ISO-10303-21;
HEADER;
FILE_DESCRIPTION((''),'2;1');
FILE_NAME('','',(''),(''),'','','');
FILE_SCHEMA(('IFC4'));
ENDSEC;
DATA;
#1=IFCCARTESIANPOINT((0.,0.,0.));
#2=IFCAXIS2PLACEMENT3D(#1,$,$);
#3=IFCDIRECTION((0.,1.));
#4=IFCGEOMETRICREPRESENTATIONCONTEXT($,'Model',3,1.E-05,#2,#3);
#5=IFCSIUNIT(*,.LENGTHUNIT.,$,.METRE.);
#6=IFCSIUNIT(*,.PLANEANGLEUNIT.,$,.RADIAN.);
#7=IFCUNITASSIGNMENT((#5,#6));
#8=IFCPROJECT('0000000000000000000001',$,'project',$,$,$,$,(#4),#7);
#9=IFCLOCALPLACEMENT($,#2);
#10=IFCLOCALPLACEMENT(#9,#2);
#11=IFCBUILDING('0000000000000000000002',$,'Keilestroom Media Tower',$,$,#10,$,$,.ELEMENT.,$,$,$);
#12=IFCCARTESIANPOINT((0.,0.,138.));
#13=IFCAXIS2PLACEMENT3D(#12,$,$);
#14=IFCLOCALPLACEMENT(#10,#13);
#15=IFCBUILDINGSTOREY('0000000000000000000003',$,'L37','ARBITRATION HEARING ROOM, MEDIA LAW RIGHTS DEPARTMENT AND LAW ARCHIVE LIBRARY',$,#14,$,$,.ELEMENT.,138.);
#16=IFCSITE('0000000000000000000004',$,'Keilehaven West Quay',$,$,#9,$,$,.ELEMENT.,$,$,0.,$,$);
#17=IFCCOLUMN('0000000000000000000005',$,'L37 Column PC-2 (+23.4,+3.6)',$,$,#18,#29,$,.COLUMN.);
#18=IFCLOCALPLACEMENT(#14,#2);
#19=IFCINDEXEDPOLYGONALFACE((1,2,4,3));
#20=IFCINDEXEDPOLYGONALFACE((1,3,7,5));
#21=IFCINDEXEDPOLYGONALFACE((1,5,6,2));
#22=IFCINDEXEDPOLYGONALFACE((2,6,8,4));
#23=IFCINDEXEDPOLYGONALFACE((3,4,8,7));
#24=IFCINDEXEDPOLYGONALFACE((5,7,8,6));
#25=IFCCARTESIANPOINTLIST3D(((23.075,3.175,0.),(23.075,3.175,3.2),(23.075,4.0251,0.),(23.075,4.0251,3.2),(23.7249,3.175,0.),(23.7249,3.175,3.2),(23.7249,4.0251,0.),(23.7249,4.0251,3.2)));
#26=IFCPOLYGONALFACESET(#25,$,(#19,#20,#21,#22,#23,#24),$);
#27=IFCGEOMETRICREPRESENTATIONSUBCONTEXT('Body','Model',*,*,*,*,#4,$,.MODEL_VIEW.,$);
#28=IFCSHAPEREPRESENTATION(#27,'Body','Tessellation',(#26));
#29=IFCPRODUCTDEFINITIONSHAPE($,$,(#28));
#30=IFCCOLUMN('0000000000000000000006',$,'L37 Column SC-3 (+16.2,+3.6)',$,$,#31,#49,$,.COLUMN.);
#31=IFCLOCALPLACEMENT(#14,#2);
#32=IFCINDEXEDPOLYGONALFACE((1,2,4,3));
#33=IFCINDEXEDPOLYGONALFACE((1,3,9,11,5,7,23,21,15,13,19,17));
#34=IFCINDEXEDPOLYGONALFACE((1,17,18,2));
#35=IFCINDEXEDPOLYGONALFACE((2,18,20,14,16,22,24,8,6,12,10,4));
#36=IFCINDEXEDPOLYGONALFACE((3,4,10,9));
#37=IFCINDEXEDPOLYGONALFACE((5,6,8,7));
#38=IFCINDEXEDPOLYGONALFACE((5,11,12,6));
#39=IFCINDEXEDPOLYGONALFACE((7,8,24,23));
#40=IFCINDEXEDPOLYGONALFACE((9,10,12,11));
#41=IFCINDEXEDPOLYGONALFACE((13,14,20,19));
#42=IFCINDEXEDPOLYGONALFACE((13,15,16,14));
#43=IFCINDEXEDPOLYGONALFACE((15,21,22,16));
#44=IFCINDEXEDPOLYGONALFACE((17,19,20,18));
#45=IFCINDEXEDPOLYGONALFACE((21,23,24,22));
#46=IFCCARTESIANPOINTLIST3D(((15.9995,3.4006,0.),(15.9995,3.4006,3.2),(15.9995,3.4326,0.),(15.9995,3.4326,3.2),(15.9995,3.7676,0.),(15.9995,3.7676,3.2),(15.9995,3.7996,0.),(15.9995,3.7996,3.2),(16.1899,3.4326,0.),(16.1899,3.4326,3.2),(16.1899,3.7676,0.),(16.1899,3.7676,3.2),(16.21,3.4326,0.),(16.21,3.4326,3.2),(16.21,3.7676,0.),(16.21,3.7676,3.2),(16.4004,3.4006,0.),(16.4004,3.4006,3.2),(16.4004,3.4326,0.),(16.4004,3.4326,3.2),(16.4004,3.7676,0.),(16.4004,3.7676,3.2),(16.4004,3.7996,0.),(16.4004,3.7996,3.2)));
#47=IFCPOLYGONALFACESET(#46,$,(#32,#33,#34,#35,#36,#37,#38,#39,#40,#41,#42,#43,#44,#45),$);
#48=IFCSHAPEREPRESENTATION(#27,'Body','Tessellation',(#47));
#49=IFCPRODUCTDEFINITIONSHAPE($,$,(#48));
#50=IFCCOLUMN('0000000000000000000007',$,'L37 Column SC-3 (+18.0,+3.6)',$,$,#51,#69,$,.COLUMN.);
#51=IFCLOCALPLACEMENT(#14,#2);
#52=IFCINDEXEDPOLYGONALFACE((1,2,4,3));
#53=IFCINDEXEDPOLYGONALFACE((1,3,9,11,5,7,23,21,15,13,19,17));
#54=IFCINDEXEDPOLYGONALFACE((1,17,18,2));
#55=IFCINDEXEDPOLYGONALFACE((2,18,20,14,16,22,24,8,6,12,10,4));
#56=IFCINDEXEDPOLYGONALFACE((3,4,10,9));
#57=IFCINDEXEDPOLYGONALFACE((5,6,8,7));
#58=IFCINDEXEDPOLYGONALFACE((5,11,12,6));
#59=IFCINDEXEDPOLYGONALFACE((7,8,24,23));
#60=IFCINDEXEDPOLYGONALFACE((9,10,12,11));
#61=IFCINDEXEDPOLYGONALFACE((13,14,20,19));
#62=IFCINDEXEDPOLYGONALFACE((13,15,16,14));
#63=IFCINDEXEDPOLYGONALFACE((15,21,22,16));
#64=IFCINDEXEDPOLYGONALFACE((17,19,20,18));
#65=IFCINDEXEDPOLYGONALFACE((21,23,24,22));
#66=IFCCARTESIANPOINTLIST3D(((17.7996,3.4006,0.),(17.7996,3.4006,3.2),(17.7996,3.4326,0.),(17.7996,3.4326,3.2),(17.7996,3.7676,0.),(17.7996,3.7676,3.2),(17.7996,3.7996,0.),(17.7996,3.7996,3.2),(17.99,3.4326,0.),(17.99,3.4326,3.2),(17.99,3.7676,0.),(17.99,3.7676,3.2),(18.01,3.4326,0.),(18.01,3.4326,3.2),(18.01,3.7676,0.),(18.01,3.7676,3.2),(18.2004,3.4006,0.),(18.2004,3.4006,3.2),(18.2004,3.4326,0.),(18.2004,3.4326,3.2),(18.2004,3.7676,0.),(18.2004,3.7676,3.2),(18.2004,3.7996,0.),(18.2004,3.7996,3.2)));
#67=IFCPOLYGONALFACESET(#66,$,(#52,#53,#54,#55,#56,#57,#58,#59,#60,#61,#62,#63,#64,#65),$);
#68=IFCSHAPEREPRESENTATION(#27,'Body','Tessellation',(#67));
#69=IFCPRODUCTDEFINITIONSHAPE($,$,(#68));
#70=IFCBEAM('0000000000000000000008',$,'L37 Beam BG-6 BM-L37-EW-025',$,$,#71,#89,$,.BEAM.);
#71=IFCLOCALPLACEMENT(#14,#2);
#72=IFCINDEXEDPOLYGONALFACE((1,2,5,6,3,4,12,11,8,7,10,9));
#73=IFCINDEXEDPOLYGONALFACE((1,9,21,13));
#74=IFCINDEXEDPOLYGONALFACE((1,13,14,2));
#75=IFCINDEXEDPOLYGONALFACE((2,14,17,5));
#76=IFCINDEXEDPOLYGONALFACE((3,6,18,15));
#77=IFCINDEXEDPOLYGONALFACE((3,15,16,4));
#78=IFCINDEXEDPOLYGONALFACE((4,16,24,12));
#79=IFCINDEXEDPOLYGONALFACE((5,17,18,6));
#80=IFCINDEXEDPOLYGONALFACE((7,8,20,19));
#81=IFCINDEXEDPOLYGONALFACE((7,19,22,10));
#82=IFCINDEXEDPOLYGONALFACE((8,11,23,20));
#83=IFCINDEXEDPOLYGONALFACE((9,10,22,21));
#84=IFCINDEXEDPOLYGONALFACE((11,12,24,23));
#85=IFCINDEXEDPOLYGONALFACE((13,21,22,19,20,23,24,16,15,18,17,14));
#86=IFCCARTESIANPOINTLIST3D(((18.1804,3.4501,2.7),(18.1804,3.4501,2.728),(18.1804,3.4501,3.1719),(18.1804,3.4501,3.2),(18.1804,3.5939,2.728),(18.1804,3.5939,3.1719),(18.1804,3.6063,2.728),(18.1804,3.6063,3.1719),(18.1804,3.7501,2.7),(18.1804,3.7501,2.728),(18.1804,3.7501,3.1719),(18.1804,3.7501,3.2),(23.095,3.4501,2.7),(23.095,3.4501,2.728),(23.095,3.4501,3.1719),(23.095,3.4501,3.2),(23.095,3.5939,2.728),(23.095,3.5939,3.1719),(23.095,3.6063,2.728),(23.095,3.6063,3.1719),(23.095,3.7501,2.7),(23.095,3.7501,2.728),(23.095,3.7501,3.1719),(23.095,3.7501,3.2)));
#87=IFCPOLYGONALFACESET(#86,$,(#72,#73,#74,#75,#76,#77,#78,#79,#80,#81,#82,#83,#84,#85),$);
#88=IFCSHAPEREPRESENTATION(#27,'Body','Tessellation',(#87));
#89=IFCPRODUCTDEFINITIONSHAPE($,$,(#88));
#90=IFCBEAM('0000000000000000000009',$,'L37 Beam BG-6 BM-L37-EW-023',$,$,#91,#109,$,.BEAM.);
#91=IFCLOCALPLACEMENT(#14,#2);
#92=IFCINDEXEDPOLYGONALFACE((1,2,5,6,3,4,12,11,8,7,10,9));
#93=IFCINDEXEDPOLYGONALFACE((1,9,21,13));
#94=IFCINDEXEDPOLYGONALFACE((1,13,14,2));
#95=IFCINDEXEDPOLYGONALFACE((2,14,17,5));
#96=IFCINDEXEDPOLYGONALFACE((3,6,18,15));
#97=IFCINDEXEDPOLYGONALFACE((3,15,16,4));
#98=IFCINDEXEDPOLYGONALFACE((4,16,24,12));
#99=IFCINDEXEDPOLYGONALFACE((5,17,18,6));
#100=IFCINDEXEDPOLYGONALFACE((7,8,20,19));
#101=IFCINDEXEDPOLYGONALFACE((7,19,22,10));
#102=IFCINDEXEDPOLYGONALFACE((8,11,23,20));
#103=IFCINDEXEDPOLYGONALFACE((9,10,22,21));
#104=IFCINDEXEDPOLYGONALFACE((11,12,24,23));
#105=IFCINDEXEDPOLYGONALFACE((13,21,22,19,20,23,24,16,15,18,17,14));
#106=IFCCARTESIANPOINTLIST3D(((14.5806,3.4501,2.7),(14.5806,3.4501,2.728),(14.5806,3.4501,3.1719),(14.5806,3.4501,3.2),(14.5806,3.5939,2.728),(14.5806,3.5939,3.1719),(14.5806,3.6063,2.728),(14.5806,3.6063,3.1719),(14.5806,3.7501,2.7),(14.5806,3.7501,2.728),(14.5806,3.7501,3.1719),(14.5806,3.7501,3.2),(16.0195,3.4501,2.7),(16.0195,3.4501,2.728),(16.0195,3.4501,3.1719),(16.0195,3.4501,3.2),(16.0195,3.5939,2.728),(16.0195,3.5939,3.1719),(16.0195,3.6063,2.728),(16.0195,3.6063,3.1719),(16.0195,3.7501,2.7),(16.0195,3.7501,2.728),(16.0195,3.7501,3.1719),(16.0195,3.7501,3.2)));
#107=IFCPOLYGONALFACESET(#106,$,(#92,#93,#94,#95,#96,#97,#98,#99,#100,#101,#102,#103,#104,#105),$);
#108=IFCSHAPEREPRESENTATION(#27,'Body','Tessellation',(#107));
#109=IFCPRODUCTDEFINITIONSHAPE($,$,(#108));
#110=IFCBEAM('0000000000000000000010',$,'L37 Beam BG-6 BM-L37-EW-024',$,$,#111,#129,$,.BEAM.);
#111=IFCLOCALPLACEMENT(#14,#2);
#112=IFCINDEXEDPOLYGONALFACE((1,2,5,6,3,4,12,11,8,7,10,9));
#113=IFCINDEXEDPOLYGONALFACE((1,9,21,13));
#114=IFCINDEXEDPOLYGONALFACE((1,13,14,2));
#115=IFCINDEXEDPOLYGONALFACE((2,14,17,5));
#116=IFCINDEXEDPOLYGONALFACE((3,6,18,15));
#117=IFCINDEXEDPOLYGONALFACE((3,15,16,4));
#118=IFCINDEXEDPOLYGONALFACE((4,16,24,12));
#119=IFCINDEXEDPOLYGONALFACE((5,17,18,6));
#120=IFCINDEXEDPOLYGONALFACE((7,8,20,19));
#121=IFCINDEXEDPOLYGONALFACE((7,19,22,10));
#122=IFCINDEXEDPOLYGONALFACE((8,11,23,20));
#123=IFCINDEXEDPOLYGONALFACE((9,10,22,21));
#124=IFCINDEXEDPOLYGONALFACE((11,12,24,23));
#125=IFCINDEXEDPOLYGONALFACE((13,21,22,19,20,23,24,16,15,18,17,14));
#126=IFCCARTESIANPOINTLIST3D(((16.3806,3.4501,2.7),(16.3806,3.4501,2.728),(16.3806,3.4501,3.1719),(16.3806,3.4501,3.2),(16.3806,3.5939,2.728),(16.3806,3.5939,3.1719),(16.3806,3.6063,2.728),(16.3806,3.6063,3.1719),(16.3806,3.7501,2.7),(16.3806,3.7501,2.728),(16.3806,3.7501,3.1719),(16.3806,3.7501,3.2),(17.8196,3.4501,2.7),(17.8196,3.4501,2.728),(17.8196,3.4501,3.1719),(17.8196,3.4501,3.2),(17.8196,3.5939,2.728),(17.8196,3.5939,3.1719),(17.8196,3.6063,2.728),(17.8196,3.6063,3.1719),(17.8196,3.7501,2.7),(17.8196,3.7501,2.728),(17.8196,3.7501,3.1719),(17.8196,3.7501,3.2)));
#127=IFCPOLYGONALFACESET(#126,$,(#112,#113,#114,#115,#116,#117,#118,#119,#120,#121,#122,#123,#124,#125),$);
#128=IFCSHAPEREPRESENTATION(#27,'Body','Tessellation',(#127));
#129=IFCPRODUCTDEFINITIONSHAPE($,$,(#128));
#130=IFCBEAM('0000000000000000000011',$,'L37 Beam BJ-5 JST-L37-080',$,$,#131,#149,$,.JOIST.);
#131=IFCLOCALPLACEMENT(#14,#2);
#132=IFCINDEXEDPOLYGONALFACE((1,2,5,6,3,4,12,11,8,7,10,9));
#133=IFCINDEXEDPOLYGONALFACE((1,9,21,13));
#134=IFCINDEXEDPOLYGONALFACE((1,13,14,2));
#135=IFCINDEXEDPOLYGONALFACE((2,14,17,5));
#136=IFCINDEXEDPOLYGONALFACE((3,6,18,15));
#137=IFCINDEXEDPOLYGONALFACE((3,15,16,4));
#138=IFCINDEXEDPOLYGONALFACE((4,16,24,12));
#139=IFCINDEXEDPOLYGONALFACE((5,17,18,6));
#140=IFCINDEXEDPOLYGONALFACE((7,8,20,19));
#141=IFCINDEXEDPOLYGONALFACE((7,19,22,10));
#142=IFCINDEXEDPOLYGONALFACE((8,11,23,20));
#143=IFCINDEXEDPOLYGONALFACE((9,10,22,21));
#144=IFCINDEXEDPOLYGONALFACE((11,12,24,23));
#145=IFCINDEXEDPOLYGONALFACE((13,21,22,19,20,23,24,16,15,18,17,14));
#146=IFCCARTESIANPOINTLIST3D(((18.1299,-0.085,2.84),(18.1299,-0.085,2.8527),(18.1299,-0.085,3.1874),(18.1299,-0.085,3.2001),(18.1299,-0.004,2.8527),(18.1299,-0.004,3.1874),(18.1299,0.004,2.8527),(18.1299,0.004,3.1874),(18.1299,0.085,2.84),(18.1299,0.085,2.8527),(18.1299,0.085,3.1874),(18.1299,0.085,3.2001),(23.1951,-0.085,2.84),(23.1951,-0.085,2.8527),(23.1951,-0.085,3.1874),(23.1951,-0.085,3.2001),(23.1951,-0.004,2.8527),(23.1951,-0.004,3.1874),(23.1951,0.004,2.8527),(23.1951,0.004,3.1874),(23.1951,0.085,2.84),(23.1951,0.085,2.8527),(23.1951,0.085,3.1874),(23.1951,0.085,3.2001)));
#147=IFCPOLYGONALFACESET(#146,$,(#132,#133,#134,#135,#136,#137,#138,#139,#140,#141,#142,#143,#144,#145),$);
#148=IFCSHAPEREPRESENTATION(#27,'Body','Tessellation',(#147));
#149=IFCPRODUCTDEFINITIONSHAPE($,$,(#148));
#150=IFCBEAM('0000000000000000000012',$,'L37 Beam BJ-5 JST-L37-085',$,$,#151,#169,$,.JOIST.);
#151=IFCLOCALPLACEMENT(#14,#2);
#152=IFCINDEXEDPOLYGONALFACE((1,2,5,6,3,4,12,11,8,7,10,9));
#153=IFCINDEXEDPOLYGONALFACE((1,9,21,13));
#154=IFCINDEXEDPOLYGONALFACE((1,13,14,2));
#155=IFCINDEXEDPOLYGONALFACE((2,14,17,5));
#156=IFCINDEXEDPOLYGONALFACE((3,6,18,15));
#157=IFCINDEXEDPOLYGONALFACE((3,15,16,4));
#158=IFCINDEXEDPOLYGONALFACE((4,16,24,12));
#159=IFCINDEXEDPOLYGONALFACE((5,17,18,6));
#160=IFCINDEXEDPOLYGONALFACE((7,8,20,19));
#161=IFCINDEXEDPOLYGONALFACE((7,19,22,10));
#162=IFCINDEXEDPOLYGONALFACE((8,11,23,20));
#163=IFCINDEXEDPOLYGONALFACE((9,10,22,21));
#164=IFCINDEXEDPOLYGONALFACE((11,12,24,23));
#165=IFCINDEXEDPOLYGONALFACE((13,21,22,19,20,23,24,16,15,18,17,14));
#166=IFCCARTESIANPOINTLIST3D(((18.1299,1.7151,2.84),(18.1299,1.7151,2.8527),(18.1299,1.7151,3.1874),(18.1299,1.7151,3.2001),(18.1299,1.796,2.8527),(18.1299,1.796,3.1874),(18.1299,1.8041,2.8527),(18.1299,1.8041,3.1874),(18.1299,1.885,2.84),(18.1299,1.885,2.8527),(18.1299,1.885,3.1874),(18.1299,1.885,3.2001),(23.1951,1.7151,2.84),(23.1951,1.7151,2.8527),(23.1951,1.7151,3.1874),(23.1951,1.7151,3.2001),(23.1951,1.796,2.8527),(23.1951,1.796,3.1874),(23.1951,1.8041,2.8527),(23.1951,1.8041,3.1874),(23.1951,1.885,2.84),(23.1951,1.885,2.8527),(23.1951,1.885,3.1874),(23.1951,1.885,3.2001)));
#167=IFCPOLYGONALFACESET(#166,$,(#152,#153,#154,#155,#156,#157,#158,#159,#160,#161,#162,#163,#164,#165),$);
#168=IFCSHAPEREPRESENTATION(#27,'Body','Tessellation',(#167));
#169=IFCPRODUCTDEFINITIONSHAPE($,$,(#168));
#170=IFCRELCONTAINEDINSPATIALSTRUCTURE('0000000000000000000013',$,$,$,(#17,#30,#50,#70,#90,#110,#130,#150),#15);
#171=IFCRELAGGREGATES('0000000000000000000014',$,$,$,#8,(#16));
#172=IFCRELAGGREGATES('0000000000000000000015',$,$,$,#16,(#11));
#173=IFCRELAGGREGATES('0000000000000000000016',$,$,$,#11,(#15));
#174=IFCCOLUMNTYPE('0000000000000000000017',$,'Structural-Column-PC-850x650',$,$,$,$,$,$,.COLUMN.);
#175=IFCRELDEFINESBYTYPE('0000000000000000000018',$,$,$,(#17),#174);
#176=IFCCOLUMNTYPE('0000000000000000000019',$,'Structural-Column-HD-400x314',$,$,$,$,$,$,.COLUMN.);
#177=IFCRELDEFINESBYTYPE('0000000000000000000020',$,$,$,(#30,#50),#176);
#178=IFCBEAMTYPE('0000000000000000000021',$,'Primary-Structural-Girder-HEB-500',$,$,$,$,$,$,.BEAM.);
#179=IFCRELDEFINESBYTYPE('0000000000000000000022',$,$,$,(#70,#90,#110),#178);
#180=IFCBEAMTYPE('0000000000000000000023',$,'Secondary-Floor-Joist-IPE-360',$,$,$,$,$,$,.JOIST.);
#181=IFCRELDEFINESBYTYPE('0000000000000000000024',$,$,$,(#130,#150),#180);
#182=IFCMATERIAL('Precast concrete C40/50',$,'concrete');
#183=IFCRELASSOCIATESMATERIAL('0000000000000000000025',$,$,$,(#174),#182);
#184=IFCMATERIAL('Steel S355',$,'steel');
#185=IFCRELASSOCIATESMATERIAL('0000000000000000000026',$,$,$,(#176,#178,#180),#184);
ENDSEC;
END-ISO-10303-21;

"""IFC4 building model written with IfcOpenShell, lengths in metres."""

from ifc_helpers import new_model, si_unit, direction, frame, origin, origin_2d, place, context, subcontext, project, spatial, rectangle, i_section, extrude, source, transform, mapped, material, material_profile, profile_set, type_object, element, save


model = new_model("IFC4")

# Units and contexts
model_context = context("Model", 3, precision=1e-05, world=origin(), true_north=direction((0.0, 1.0)))
body_context = subcontext(model_context, "Body", "Model", "MODEL_VIEW")
ifc_project = project(units=[si_unit("LENGTHUNIT", "METRE"), si_unit("PLANEANGLEUNIT", "RADIAN")], contexts=[model_context])

# Site, building, storey
site_placement = place(None, origin())
site = spatial("IfcSite", under=ifc_project, at=site_placement, Name="Keilehaven West Quay", CompositionType="ELEMENT", RefElevation=0.0)
building_placement = place(site_placement, origin())
building = spatial("IfcBuilding", under=site, at=building_placement, Name="Keilestroom Media Tower", CompositionType="ELEMENT")
storey_placement = place(building_placement, frame((0.0, 0.0, 138.0)))
storey = spatial("IfcBuildingStorey", under=building, at=storey_placement, Name="L37", Description="ARBITRATION HEARING ROOM, MEDIA LAW RIGHTS DEPARTMENT AND LAW ARCHIVE LIBRARY", CompositionType="ELEMENT", Elevation=138.0)

# Columns
ifc_material_1 = material(Name="Precast concrete C40/50", Category="concrete")
ifc_material_profile_1 = material_profile(ifc_material_1, rectangle(XDim=0.6499, YDim=0.8501, at=origin_2d()), Name="PC 850x650")
ifc_profile_set_1 = profile_set([ifc_material_profile_1], Name="Precast concrete C40/50")
column_type_1 = type_object("IfcColumnType", Name="Structural-Column-PC-850x650", PredefinedType="COLUMN", material=ifc_profile_set_1)
shared_shape_1 = source(origin(), body_context, "Body", "SweptSolid", [
    extrude(rectangle(XDim=0.6499, YDim=0.8501, at=origin_2d()), origin(), (0.0, 0.0, 1.0), 3.2),
])
column_placement = place(storey_placement, frame((23.3999, 3.6001, 0.0), z_axis=(0.0, 0.0, 1.0), x_axis=(1.0, 0.0, 0.0)))
element("IfcColumn", 1, at=column_placement, inside=storey, type_object=column_type_1, Name="L37 Column PC-2 (+23.4,+3.6)", PredefinedType="COLUMN", context=body_context, shape_type="MappedRepresentation", body=[
    mapped(shared_shape_1, transform((0.0, 0.0, 0.0), x_axis=(1.0, 0.0, 0.0), y_axis=(0.0, 1.0, 0.0), z_axis=(0.0, 0.0, 1.0), scale=1.0)),
])
ifc_material_2 = material(Name="Steel S355", Category="steel")
ifc_material_profile_2 = material_profile(ifc_material_2, i_section(OverallWidth=0.4009, OverallDepth=0.3989, WebThickness=0.02, FlangeThickness=0.032, at=origin_2d()), Name="HD 400x314")
ifc_profile_set_2 = profile_set([ifc_material_profile_2], Name="Steel S355")
column_type_2 = type_object("IfcColumnType", Name="Structural-Column-HD-400x314", PredefinedType="COLUMN", material=ifc_profile_set_2)
shared_shape_2 = source(origin(), body_context, "Body", "SweptSolid", [
    extrude(i_section(OverallWidth=0.4009, OverallDepth=0.3989, WebThickness=0.02, FlangeThickness=0.032, at=origin_2d()), origin(), (0.0, 0.0, 1.0), 3.2),
])
for number, where, z_axis, x_axis, name in (
    (2, (16.2, 3.6001, 0.0), (0.0, 0.0, 1.0), (1.0, 0.0, 0.0), "L37 Column SC-3 (+16.2,+3.6)"),
    (3, (18.0, 3.6001, 0.0), (0.0, 0.0, 1.0), (1.0, 0.0, 0.0), "L37 Column SC-3 (+18.0,+3.6)"),
):
    element("IfcColumn", number, at=place(storey_placement, frame(where, z_axis=z_axis, x_axis=x_axis)), inside=storey, type_object=column_type_2, Name=name, PredefinedType="COLUMN", context=body_context, shape_type="MappedRepresentation", body=[
        mapped(shared_shape_2, transform((0.0, 0.0, 0.0), x_axis=(1.0, 0.0, 0.0), y_axis=(0.0, 1.0, 0.0), z_axis=(0.0, 0.0, 1.0), scale=1.0)),
    ])

# Beams
ifc_material_profile_3 = material_profile(ifc_material_2, i_section(OverallWidth=0.3, OverallDepth=0.5, WebThickness=0.0125, FlangeThickness=0.0281, at=origin_2d()), Name="HEB 500")
ifc_profile_set_3 = profile_set([ifc_material_profile_3], Name="Steel S355")
beam_type_1 = type_object("IfcBeamType", Name="Primary-Structural-Girder-HEB-500", PredefinedType="BEAM", material=ifc_profile_set_3)
shared_shape_3 = source(origin(), body_context, "Body", "SweptSolid", [
    extrude(i_section(OverallWidth=0.3, OverallDepth=0.5, WebThickness=0.0125, FlangeThickness=0.0281, at=origin_2d()), origin(), (0.0, 0.0, 1.0), 4.9146),
])
beam_1_placement = place(storey_placement, frame((18.1804, 3.6001, 2.95), z_axis=(1.0, 0.0, 0.0), x_axis=(0.0, 1.0, 0.0)))
element("IfcBeam", 4, at=beam_1_placement, inside=storey, type_object=beam_type_1, Name="L37 Beam BG-6 BM-L37-EW-025", PredefinedType="BEAM", context=body_context, shape_type="MappedRepresentation", body=[
    mapped(shared_shape_3, transform((0.0, 0.0, 0.0), x_axis=(1.0, 0.0, 0.0), y_axis=(0.0, 1.0, 0.0), z_axis=(0.0, 0.0, 1.0), scale=1.0)),
])
shared_shape_4 = source(origin(), body_context, "Body", "SweptSolid", [
    extrude(i_section(OverallWidth=0.3, OverallDepth=0.5, WebThickness=0.0125, FlangeThickness=0.0281, at=origin_2d()), origin(), (0.0, 0.0, 1.0), 1.439),
])
for number, where, z_axis, x_axis, name in (
    (5, (14.5806, 3.6001, 2.95), (1.0, 0.0, 0.0), (0.0, 1.0, 0.0), "L37 Beam BG-6 BM-L37-EW-023"),
    (6, (16.3806, 3.6001, 2.95), (1.0, 0.0, 0.0), (0.0, 1.0, 0.0), "L37 Beam BG-6 BM-L37-EW-024"),
):
    element("IfcBeam", number, at=place(storey_placement, frame(where, z_axis=z_axis, x_axis=x_axis)), inside=storey, type_object=beam_type_1, Name=name, PredefinedType="BEAM", context=body_context, shape_type="MappedRepresentation", body=[
        mapped(shared_shape_4, transform((0.0, 0.0, 0.0), x_axis=(1.0, 0.0, 0.0), y_axis=(0.0, 1.0, 0.0), z_axis=(0.0, 0.0, 1.0), scale=1.0)),
    ])
ifc_material_profile_4 = material_profile(ifc_material_2, i_section(OverallWidth=0.1699, OverallDepth=0.3601, WebThickness=0.0081, FlangeThickness=0.0127, at=origin_2d()), Name="IPE 360")
ifc_profile_set_4 = profile_set([ifc_material_profile_4], Name="Steel S355")
beam_type_2 = type_object("IfcBeamType", Name="Secondary-Floor-Joist-IPE-360", PredefinedType="JOIST", material=ifc_profile_set_4)
shared_shape_5 = source(origin(), body_context, "Body", "SweptSolid", [
    extrude(i_section(OverallWidth=0.1699, OverallDepth=0.3601, WebThickness=0.0081, FlangeThickness=0.0127, at=origin_2d()), origin(), (0.0, 0.0, 1.0), 5.0652),
])
for number, where, z_axis, x_axis, name in (
    (7, (18.1299, 0.0, 3.02), (1.0, 0.0, 0.0), (0.0, 1.0, 0.0), "L37 Beam BJ-5 JST-L37-080"),
    (8, (18.1299, 1.8, 3.02), (1.0, 0.0, 0.0), (0.0, 1.0, 0.0), "L37 Beam BJ-5 JST-L37-085"),
):
    element("IfcBeam", number, at=place(storey_placement, frame(where, z_axis=z_axis, x_axis=x_axis)), inside=storey, type_object=beam_type_2, Name=name, PredefinedType="JOIST", context=body_context, shape_type="MappedRepresentation", body=[
        mapped(shared_shape_5, transform((0.0, 0.0, 0.0), x_axis=(1.0, 0.0, 0.0), y_axis=(0.0, 1.0, 0.0), z_axis=(0.0, 0.0, 1.0), scale=1.0)),
    ])

save(model, "model.ifc")
